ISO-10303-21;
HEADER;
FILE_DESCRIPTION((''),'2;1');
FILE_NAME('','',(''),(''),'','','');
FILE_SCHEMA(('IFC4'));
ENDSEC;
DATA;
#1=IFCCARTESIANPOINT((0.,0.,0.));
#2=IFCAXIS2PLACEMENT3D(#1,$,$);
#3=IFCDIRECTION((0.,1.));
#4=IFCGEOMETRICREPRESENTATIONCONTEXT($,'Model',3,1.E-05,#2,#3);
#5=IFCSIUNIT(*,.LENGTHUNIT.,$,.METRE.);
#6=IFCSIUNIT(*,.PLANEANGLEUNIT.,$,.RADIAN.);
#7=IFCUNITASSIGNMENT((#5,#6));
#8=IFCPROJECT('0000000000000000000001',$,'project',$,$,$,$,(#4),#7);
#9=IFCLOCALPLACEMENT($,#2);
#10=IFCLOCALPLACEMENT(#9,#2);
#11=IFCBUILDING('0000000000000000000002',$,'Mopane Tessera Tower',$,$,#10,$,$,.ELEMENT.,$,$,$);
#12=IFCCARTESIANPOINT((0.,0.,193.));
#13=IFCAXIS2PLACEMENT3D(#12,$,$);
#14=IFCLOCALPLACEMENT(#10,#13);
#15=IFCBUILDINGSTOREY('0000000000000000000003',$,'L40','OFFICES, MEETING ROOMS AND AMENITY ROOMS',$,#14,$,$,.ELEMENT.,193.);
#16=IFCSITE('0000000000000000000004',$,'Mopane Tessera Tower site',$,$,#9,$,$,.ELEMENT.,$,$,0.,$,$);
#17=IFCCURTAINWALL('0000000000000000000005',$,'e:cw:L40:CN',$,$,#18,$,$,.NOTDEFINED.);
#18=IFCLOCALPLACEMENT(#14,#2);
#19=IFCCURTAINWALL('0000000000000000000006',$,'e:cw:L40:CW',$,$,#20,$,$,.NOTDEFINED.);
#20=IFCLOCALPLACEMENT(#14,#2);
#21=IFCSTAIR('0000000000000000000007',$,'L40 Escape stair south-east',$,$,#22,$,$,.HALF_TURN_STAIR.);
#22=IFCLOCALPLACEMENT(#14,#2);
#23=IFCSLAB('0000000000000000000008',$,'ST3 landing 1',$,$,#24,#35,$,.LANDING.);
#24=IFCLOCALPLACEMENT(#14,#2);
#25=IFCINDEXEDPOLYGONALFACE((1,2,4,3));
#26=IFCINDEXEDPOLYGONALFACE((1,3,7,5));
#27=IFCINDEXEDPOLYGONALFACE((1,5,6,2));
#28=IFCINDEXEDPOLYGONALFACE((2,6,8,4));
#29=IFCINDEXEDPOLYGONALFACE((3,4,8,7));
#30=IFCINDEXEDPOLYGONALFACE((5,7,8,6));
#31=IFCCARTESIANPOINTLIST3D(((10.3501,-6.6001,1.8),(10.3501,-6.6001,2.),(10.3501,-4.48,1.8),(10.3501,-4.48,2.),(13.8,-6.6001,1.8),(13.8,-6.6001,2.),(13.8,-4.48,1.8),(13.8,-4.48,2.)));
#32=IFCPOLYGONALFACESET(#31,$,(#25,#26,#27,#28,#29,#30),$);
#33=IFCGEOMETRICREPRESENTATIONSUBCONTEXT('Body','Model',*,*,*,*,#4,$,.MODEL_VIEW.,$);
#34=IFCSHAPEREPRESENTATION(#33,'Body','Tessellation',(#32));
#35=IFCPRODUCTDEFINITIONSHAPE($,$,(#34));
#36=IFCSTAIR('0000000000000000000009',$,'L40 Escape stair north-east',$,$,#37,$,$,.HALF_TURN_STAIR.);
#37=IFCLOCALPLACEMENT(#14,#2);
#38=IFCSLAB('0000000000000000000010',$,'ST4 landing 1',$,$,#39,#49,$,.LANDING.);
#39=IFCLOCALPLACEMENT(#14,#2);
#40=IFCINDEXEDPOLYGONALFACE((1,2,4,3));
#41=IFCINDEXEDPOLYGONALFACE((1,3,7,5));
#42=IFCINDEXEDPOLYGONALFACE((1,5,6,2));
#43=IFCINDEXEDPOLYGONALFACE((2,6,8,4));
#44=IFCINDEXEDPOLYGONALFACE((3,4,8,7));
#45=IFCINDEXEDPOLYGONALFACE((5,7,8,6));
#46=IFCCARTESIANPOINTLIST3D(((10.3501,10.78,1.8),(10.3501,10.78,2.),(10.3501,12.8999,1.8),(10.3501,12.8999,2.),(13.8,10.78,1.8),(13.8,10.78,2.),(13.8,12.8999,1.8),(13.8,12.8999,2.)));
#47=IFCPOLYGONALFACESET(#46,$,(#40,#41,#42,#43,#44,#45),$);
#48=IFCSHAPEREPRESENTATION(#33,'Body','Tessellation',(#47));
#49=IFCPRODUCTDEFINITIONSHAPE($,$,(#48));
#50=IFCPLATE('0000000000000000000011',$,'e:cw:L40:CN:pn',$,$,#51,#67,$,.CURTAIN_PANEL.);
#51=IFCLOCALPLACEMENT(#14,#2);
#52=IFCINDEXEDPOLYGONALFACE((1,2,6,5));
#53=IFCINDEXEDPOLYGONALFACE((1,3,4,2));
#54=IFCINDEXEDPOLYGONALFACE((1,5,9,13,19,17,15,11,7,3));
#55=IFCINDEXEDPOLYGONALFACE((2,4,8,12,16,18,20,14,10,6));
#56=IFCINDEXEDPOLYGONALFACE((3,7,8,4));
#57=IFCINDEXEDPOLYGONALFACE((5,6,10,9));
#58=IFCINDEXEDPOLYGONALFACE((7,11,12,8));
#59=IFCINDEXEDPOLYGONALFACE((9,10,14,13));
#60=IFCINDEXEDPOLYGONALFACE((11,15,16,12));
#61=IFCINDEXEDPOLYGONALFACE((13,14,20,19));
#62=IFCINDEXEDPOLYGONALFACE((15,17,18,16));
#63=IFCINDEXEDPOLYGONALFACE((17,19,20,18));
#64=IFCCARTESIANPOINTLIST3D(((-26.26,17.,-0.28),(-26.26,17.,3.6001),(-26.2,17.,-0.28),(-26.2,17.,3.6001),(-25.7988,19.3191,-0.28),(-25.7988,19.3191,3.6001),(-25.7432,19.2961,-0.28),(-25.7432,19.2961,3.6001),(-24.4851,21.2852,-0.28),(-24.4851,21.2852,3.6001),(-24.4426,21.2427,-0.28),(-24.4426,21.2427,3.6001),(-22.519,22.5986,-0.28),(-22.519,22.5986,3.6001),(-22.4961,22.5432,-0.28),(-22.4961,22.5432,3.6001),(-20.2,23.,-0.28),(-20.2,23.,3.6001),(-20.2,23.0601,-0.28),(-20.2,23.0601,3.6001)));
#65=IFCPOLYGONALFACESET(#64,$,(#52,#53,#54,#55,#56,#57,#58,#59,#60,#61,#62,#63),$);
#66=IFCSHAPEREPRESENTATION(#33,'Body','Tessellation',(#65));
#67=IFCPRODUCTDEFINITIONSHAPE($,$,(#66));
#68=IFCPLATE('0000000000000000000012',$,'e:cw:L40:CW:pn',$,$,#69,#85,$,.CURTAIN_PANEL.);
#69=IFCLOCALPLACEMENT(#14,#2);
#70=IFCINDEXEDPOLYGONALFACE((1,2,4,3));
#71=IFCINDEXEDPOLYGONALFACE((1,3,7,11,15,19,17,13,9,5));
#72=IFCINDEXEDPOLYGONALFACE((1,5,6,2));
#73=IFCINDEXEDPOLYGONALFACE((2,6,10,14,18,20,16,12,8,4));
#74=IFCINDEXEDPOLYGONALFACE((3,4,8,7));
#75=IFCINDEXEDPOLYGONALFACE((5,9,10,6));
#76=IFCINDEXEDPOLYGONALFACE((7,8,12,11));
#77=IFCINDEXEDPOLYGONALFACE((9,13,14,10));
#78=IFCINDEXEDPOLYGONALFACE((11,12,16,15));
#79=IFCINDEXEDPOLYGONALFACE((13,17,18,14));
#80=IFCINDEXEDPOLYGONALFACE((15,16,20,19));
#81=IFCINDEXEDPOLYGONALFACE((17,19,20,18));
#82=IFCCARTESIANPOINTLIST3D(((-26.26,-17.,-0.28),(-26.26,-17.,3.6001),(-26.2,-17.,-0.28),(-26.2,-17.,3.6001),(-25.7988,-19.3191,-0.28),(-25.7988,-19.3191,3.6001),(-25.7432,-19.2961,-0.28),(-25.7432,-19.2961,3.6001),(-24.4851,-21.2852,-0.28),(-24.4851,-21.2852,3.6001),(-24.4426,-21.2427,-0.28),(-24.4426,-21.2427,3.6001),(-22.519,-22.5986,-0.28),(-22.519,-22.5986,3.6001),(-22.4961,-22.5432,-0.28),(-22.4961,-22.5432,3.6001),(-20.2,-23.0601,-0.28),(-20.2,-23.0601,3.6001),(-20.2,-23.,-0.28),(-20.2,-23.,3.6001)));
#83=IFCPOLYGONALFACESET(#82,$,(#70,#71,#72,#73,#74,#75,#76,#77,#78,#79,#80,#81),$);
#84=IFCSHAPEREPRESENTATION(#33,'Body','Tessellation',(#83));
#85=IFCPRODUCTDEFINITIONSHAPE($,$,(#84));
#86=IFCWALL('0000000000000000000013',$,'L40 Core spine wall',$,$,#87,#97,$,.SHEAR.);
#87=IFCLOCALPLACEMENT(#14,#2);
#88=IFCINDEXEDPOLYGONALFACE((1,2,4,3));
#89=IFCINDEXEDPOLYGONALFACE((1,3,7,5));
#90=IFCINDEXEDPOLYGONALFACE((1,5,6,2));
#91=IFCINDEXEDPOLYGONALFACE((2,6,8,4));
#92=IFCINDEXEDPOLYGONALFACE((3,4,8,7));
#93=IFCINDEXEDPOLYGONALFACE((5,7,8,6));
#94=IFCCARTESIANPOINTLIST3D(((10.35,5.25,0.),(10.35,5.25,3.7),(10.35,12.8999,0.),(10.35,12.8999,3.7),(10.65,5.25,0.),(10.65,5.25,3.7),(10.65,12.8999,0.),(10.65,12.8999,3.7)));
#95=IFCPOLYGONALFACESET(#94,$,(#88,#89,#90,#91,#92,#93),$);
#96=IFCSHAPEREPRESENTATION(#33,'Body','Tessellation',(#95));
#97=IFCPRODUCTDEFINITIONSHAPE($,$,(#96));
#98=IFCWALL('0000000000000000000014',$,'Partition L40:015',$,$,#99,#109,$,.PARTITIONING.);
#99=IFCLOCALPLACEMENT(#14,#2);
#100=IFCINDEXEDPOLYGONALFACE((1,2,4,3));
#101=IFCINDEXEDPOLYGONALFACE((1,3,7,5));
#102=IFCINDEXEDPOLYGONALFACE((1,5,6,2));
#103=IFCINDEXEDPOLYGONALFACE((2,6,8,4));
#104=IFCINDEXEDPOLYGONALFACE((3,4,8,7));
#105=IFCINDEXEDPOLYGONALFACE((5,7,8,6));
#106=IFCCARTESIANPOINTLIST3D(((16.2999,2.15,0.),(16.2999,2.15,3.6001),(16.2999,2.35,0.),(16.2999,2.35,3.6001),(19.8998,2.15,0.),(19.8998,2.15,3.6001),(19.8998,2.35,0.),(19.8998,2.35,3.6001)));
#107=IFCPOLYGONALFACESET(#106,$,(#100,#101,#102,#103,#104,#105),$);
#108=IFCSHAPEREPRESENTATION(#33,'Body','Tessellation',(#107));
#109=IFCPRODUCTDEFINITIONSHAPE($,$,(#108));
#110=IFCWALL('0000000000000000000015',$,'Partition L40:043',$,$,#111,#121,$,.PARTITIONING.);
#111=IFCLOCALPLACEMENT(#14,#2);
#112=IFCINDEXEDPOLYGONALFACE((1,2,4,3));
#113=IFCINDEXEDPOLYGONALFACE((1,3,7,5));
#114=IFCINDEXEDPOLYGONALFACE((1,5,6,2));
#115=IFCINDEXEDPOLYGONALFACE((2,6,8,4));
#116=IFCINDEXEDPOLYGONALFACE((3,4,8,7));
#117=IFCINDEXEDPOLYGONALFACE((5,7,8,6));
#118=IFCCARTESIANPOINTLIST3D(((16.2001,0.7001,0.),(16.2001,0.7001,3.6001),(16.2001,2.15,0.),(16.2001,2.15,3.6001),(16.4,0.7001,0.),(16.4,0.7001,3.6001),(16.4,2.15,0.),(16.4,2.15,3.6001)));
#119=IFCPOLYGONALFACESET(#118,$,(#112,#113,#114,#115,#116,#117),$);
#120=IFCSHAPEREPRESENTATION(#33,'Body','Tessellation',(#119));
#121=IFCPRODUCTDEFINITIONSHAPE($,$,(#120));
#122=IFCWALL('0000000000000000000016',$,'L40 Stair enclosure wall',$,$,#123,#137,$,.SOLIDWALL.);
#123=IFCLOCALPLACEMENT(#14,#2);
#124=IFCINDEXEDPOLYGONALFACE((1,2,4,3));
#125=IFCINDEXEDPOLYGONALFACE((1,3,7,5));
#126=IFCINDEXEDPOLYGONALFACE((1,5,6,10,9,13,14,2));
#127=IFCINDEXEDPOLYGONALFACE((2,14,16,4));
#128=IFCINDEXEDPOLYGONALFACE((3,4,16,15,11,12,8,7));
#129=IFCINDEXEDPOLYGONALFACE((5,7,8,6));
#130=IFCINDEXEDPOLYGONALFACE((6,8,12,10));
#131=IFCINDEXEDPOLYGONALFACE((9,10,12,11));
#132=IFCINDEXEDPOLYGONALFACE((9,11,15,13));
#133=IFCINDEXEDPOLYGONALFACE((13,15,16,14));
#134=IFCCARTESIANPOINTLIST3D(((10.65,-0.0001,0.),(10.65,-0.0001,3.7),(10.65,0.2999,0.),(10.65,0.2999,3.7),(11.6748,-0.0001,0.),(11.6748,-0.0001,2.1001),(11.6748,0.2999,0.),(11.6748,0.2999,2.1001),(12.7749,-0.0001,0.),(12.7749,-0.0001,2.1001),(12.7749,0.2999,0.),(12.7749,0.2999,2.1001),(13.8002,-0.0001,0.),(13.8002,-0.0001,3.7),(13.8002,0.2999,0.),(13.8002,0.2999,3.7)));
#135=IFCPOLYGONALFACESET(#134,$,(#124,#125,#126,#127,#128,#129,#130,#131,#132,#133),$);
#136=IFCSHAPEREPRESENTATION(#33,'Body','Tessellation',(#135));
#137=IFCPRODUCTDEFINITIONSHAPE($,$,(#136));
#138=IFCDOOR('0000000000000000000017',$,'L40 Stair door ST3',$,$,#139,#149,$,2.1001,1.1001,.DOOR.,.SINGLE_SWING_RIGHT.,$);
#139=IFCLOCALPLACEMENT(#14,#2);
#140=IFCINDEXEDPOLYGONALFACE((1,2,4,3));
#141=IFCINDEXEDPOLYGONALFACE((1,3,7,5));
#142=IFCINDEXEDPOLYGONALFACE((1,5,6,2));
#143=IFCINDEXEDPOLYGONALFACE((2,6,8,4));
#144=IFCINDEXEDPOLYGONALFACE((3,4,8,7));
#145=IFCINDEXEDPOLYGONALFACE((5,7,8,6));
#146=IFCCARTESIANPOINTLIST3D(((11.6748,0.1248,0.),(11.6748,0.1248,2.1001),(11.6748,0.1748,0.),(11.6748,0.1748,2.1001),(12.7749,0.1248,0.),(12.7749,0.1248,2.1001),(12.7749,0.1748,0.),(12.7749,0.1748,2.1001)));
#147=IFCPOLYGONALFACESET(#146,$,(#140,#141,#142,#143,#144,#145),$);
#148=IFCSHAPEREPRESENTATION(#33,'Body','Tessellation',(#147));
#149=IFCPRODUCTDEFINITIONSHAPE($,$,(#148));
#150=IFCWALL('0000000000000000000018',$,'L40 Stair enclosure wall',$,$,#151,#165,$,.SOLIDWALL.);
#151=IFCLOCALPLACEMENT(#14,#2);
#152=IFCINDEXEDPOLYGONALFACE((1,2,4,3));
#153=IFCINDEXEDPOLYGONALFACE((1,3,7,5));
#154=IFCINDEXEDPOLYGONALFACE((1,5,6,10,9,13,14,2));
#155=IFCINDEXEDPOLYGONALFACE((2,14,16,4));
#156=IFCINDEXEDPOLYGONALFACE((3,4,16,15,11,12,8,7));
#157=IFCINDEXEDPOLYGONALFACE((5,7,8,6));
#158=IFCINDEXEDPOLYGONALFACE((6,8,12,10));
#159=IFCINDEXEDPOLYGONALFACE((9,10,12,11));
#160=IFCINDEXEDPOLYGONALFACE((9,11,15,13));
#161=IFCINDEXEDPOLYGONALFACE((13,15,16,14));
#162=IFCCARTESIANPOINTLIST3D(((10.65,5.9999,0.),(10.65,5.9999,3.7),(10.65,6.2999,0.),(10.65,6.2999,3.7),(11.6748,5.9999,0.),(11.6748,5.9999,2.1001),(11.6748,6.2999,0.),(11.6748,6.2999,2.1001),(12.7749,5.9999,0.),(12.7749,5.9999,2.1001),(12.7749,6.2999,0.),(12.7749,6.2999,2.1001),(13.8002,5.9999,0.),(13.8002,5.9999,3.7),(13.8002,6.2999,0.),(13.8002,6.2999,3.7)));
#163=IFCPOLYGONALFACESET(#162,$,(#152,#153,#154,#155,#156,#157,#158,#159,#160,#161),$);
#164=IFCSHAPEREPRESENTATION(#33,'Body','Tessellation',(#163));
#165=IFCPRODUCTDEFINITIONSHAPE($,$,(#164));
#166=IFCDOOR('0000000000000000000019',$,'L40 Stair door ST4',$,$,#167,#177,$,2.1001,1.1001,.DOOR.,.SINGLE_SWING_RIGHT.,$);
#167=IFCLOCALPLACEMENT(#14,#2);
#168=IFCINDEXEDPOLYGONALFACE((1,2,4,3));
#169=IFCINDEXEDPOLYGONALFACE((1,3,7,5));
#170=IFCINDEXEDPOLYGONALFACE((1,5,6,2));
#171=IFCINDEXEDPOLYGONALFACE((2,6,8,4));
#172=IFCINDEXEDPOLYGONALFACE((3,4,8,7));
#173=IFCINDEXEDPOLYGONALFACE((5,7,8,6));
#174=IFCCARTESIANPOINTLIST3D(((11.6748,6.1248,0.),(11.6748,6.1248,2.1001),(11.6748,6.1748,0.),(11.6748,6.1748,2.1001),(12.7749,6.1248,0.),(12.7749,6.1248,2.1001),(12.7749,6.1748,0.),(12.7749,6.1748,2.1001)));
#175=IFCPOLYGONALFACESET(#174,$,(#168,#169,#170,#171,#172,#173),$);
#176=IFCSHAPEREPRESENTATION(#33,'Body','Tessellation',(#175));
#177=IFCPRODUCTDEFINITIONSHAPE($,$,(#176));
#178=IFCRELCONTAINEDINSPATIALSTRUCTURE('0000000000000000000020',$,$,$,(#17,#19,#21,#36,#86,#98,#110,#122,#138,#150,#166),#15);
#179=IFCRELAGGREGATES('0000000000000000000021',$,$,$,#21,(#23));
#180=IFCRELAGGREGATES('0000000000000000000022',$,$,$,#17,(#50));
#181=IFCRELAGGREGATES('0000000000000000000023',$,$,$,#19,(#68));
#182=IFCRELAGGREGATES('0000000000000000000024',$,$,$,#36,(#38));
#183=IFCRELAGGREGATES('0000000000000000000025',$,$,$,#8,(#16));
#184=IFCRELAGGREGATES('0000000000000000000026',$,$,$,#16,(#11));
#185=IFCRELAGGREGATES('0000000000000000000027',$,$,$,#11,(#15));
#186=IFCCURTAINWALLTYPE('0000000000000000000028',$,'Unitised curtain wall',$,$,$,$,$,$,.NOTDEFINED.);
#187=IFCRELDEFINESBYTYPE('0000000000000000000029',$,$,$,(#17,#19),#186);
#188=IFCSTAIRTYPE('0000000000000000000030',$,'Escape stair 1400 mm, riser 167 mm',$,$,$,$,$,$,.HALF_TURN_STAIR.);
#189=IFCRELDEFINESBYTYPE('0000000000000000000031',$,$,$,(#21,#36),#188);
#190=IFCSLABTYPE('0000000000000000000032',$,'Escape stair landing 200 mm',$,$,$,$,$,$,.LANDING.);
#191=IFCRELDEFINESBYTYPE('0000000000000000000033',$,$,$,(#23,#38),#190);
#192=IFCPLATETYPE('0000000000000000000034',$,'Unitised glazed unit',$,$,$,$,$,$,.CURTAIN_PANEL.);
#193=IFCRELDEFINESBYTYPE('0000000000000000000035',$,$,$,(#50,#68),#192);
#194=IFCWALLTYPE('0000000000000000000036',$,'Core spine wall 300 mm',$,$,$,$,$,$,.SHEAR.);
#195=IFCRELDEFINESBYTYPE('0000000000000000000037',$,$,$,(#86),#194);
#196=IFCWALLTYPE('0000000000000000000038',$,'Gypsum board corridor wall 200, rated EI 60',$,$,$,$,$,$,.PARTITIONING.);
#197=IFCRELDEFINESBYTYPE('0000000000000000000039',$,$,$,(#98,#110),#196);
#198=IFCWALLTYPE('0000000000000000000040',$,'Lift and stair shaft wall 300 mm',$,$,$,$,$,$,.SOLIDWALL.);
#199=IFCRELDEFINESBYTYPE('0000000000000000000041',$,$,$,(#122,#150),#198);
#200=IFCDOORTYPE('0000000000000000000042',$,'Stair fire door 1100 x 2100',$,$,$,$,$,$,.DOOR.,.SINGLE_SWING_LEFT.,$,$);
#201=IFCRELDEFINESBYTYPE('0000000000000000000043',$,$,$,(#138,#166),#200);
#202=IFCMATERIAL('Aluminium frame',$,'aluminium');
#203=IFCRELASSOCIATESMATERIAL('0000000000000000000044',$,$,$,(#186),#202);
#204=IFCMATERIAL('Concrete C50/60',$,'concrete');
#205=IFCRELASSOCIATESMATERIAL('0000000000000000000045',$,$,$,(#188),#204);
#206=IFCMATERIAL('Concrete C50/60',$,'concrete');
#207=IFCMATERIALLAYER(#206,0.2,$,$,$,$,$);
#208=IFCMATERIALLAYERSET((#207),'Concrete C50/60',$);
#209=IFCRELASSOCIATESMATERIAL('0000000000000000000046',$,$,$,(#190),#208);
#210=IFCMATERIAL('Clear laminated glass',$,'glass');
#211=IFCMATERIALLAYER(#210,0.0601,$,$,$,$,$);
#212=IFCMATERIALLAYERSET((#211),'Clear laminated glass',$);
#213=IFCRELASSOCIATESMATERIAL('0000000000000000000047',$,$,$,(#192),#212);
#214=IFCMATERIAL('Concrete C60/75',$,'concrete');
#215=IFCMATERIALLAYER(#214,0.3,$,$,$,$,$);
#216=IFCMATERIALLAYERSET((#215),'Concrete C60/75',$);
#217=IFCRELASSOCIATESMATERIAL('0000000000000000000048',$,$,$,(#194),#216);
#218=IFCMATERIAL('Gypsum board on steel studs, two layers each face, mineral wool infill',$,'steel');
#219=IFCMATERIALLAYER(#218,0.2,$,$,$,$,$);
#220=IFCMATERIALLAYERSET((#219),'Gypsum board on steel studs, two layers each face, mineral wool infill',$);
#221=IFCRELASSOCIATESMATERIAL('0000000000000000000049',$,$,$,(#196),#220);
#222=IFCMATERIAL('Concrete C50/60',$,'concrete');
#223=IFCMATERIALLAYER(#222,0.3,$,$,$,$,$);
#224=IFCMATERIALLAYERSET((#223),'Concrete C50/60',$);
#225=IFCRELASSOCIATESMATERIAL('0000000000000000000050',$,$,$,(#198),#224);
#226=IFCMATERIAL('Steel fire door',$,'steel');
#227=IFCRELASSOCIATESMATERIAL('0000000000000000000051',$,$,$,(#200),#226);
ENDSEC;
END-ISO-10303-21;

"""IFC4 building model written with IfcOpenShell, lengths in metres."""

from ifc_helpers import new_model, si_unit, direction, frame, frame_2d, origin, place, context, subcontext, project, spatial, polyline, rectangle, outline, extrude, material, layer, layer_set, type_object, element, fill, aggregate, save


model = new_model("IFC4")

# Units and contexts
model_context = context("Model", 3, precision=1e-05, world=origin(), true_north=direction((0.0, 1.0)))
body_context = subcontext(model_context, "Body", "Model", "MODEL_VIEW")
ifc_project = project(units=[si_unit("LENGTHUNIT", "METRE"), si_unit("PLANEANGLEUNIT", "RADIAN")], contexts=[model_context])

# Site, building, storey
site_placement = place(None, origin())
site = spatial("IfcSite", under=ifc_project, at=site_placement, Name="Mopane Tessera Tower site", CompositionType="ELEMENT", RefElevation=0.0)
building_placement = place(site_placement, origin())
building = spatial("IfcBuilding", under=site, at=building_placement, Name="Mopane Tessera Tower", CompositionType="ELEMENT")
storey_placement = place(building_placement, frame((0.0, 0.0, 193.0)))
storey = spatial("IfcBuildingStorey", under=building, at=storey_placement, Name="L40", Description="OFFICES, MEETING ROOMS AND AMENITY ROOMS", CompositionType="ELEMENT", Elevation=193.0)

# Curtain walls
ifc_material_1 = material(Name="Aluminium frame", Category="aluminium")
curtain_wall_type = type_object("IfcCurtainWallType", Name="Unitised curtain wall", PredefinedType="NOTDEFINED", material=ifc_material_1)
curtain_wall_1_placement = place(storey_placement, origin())
curtain_wall_1 = element("IfcCurtainWall", 1, at=curtain_wall_1_placement, inside=storey, type_object=curtain_wall_type, Name="e:cw:L40:CN", PredefinedType="NOTDEFINED")
curtain_wall_2_placement = place(storey_placement, origin())
curtain_wall_2 = element("IfcCurtainWall", 2, at=curtain_wall_2_placement, inside=storey, type_object=curtain_wall_type, Name="e:cw:L40:CW", PredefinedType="NOTDEFINED")

# Stairs, slabs
ifc_material_2 = material(Name="Concrete C50/60", Category="concrete")
stair_type = type_object("IfcStairType", Name="Escape stair 1400 mm, riser 167 mm", PredefinedType="HALF_TURN_STAIR", material=ifc_material_2)
ifc_material_3 = material(Name="Concrete C50/60", Category="concrete")
ifc_layer_1 = layer(ifc_material_3, 0.2)
ifc_layer_set_1 = layer_set([ifc_layer_1], Name="Concrete C50/60")
slab_type_1 = type_object("IfcSlabType", Name="Escape stair landing 200 mm", PredefinedType="LANDING", material=ifc_layer_set_1)
stair_1_placement = place(storey_placement, origin())
stair_1 = element("IfcStair", 3, at=stair_1_placement, inside=storey, type_object=stair_type, Name="L40 Escape stair south-east", PredefinedType="HALF_TURN_STAIR")
slab_1_placement = place(storey_placement, frame((0.0, 0.0, 1.8)))
slab_1 = element("IfcSlab", 4, at=slab_1_placement, type_object=slab_type_1, Name="ST3 landing 1", PredefinedType="LANDING", context=body_context, shape_type="SweptSolid", body=[
    extrude(outline(polyline([(10.3501, -4.48), (10.3501, -6.6001), (13.8, -6.6001), (13.8, -4.48), (10.3501, -4.48)])), origin(), (0.0, 0.0, 1.0), 0.2),
])
aggregate(stair_1, [slab_1])
stair_2_placement = place(storey_placement, origin())
stair_2 = element("IfcStair", 5, at=stair_2_placement, inside=storey, type_object=stair_type, Name="L40 Escape stair north-east", PredefinedType="HALF_TURN_STAIR")
slab_2_placement = place(storey_placement, frame((0.0, 0.0, 1.8)))
slab_2 = element("IfcSlab", 6, at=slab_2_placement, type_object=slab_type_1, Name="ST4 landing 1", PredefinedType="LANDING", context=body_context, shape_type="SweptSolid", body=[
    extrude(outline(polyline([(13.8, 10.78), (13.8, 12.8999), (10.3501, 12.8999), (10.3501, 10.78), (13.8, 10.78)])), origin(), (0.0, 0.0, 1.0), 0.2),
])

# Plates
ifc_material_4 = material(Name="Clear laminated glass", Category="glass")
ifc_layer_2 = layer(ifc_material_4, 0.0601)
ifc_layer_set_2 = layer_set([ifc_layer_2], Name="Clear laminated glass")
plate_type = type_object("IfcPlateType", Name="Unitised glazed unit", PredefinedType="CURTAIN_PANEL", material=ifc_layer_set_2)
plate_1_placement = place(storey_placement, frame((0.0, 0.0, -0.28)))
plate_1 = element("IfcPlate", 7, at=plate_1_placement, type_object=plate_type, Name="e:cw:L40:CN:pn", PredefinedType="CURTAIN_PANEL", context=body_context, shape_type="SweptSolid", body=[
    extrude(outline(polyline([(-20.2, 23.0), (-22.4961, 22.5432), (-24.4426, 21.2427), (-25.7432, 19.2961), (-26.2, 17.0), (-26.26, 17.0), (-25.7988, 19.3191), (-24.4851, 21.2852), (-22.519, 22.5986), (-20.2, 23.0601), (-20.2, 23.0)])), origin(), (0.0, 0.0, 1.0), 3.8801),
])
aggregate(curtain_wall_1, [plate_1])
plate_2_placement = place(storey_placement, frame((0.0, 0.0, -0.28)))
plate_2 = element("IfcPlate", 8, at=plate_2_placement, type_object=plate_type, Name="e:cw:L40:CW:pn", PredefinedType="CURTAIN_PANEL", context=body_context, shape_type="SweptSolid", body=[
    extrude(outline(polyline([(-26.2, -17.0), (-25.7432, -19.2961), (-24.4426, -21.2427), (-22.4961, -22.5432), (-20.2, -23.0), (-20.2, -23.0601), (-22.519, -22.5986), (-24.4851, -21.2852), (-25.7988, -19.3191), (-26.26, -17.0), (-26.2, -17.0)])), origin(), (0.0, 0.0, 1.0), 3.8801),
])
aggregate(curtain_wall_2, [plate_2])

# Walls
ifc_material_5 = material(Name="Concrete C60/75", Category="concrete")
ifc_layer_3 = layer(ifc_material_5, 0.3)
ifc_layer_set_3 = layer_set([ifc_layer_3], Name="Concrete C60/75")
wall_type_1 = type_object("IfcWallType", Name="Core spine wall 300 mm", PredefinedType="SHEAR", material=ifc_layer_set_3)
wall_1_placement = place(storey_placement, frame((10.5, 5.25, 0.0), z_axis=(0.0, 0.0, 1.0), x_axis=(0.0, 1.0, 0.0)))
element("IfcWall", 9, at=wall_1_placement, inside=storey, type_object=wall_type_1, Name="L40 Core spine wall", PredefinedType="SHEAR", context=body_context, shape_type="SweptSolid", body=[
    extrude(rectangle(XDim=7.6499, YDim=0.3, at=frame_2d((3.825, 0.0))), origin(), (0.0, 0.0, 1.0), 3.7),
])
ifc_material_6 = material(Name="Gypsum board on steel studs, two layers each face, mineral wool infill", Category="steel")
ifc_layer_4 = layer(ifc_material_6, 0.2)
ifc_layer_set_4 = layer_set([ifc_layer_4], Name="Gypsum board on steel studs, two layers each face, mineral wool infill")
wall_type_2 = type_object("IfcWallType", Name="Gypsum board corridor wall 200, rated EI 60", PredefinedType="PARTITIONING", material=ifc_layer_set_4)
wall_2_placement = place(storey_placement, frame((16.3, 2.25, 0.0), z_axis=(0.0, 0.0, 1.0), x_axis=(1.0, 0.0, 0.0)))
element("IfcWall", 10, at=wall_2_placement, inside=storey, type_object=wall_type_2, Name="Partition L40:015", PredefinedType="PARTITIONING", context=body_context, shape_type="SweptSolid", body=[
    extrude(rectangle(XDim=3.5999, YDim=0.2, at=frame_2d((1.7998, 0.0))), origin(), (0.0, 0.0, 1.0), 3.6001),
])
wall_3_placement = place(storey_placement, frame((16.3, 0.7, 0.0), z_axis=(0.0, 0.0, 1.0), x_axis=(0.0, 1.0, 0.0)))
element("IfcWall", 11, at=wall_3_placement, inside=storey, type_object=wall_type_2, Name="Partition L40:043", PredefinedType="PARTITIONING", context=body_context, shape_type="SweptSolid", body=[
    extrude(rectangle(XDim=1.45, YDim=0.2, at=frame_2d((0.7251, 0.0))), origin(), (0.0, 0.0, 1.0), 3.6001),
])

# Walls, openings, doors
ifc_material_7 = material(Name="Concrete C50/60", Category="concrete")
ifc_layer_5 = layer(ifc_material_7, 0.3)
ifc_layer_set_5 = layer_set([ifc_layer_5], Name="Concrete C50/60")
wall_type_3 = type_object("IfcWallType", Name="Lift and stair shaft wall 300 mm", PredefinedType="SOLIDWALL", material=ifc_layer_set_5)
wall_4_placement = place(storey_placement, frame((10.6499, 0.1499, 0.0), z_axis=(0.0, 0.0, 1.0), x_axis=(1.0, 0.0, 0.0)))
wall_4 = element("IfcWall", 12, at=wall_4_placement, inside=storey, type_object=wall_type_3, Name="L40 Stair enclosure wall", PredefinedType="SOLIDWALL", context=body_context, shape_type="SweptSolid", body=[
    extrude(rectangle(XDim=3.1501, YDim=0.3, at=frame_2d((1.5752, 0.0))), origin(), (0.0, 0.0, 1.0), 3.7),
])
opening_1_placement = place(wall_4_placement, frame((1.0249, 0.0, 0.0)))
opening_1 = element("IfcOpeningElement", 13, at=opening_1_placement, cuts=wall_4, PredefinedType="OPENING", context=body_context, shape_type="SweptSolid", body=[
    extrude(rectangle(XDim=1.1001, YDim=2.1001, at=frame_2d((0.55, 1.05))), frame((0.0, 0.1621, 0.0), z_axis=(0.0, -1.0, 0.0), x_axis=(1.0, 0.0, 0.0)), (0.0, 0.0, 1.0), 0.324),
])
ifc_material_8 = material(Name="Steel fire door", Category="steel")
door_type = type_object("IfcDoorType", Name="Stair fire door 1100 x 2100", OperationType="SINGLE_SWING_LEFT", PredefinedType="DOOR", material=ifc_material_8)
door_1_placement = place(opening_1_placement, origin())
door_1 = element("IfcDoor", 14, at=door_1_placement, inside=storey, type_object=door_type, Name="L40 Stair door ST3", OperationType="SINGLE_SWING_RIGHT", OverallHeight=2.1001, OverallWidth=1.1001, PredefinedType="DOOR", context=body_context, shape_type="SweptSolid", body=[
    extrude(rectangle(XDim=1.1001, YDim=2.1001, at=frame_2d((0.55, 1.05))), frame((0.0, 0.0249, 0.0), z_axis=(0.0, -1.0, 0.0), x_axis=(1.0, 0.0, 0.0)), (0.0, 0.0, 1.0), 0.05),
])
fill(opening_1, door_1)
wall_5_placement = place(storey_placement, frame((10.6499, 6.1499, 0.0), z_axis=(0.0, 0.0, 1.0), x_axis=(1.0, 0.0, 0.0)))
wall_5 = element("IfcWall", 15, at=wall_5_placement, inside=storey, type_object=wall_type_3, Name="L40 Stair enclosure wall", PredefinedType="SOLIDWALL", context=body_context, shape_type="SweptSolid", body=[
    extrude(rectangle(XDim=3.1501, YDim=0.3, at=frame_2d((1.5752, 0.0))), origin(), (0.0, 0.0, 1.0), 3.7),
])
opening_2_placement = place(wall_5_placement, frame((1.0249, 0.0, 0.0)))
opening_2 = element("IfcOpeningElement", 16, at=opening_2_placement, cuts=wall_5, PredefinedType="OPENING", context=body_context, shape_type="SweptSolid", body=[
    extrude(rectangle(XDim=1.1001, YDim=2.1001, at=frame_2d((0.55, 1.05))), frame((0.0, 0.1621, 0.0), z_axis=(0.0, -1.0, 0.0), x_axis=(1.0, 0.0, 0.0)), (0.0, 0.0, 1.0), 0.324),
])
door_2_placement = place(opening_2_placement, origin())
door_2 = element("IfcDoor", 17, at=door_2_placement, inside=storey, type_object=door_type, Name="L40 Stair door ST4", OperationType="SINGLE_SWING_RIGHT", OverallHeight=2.1001, OverallWidth=1.1001, PredefinedType="DOOR", context=body_context, shape_type="SweptSolid", body=[
    extrude(rectangle(XDim=1.1001, YDim=2.1001, at=frame_2d((0.55, 1.05))), frame((0.0, 0.0249, 0.0), z_axis=(0.0, -1.0, 0.0), x_axis=(1.0, 0.0, 0.0)), (0.0, 0.0, 1.0), 0.05),
])
fill(opening_2, door_2)

aggregate(stair_2, [slab_2])

save(model, "model.ifc")
